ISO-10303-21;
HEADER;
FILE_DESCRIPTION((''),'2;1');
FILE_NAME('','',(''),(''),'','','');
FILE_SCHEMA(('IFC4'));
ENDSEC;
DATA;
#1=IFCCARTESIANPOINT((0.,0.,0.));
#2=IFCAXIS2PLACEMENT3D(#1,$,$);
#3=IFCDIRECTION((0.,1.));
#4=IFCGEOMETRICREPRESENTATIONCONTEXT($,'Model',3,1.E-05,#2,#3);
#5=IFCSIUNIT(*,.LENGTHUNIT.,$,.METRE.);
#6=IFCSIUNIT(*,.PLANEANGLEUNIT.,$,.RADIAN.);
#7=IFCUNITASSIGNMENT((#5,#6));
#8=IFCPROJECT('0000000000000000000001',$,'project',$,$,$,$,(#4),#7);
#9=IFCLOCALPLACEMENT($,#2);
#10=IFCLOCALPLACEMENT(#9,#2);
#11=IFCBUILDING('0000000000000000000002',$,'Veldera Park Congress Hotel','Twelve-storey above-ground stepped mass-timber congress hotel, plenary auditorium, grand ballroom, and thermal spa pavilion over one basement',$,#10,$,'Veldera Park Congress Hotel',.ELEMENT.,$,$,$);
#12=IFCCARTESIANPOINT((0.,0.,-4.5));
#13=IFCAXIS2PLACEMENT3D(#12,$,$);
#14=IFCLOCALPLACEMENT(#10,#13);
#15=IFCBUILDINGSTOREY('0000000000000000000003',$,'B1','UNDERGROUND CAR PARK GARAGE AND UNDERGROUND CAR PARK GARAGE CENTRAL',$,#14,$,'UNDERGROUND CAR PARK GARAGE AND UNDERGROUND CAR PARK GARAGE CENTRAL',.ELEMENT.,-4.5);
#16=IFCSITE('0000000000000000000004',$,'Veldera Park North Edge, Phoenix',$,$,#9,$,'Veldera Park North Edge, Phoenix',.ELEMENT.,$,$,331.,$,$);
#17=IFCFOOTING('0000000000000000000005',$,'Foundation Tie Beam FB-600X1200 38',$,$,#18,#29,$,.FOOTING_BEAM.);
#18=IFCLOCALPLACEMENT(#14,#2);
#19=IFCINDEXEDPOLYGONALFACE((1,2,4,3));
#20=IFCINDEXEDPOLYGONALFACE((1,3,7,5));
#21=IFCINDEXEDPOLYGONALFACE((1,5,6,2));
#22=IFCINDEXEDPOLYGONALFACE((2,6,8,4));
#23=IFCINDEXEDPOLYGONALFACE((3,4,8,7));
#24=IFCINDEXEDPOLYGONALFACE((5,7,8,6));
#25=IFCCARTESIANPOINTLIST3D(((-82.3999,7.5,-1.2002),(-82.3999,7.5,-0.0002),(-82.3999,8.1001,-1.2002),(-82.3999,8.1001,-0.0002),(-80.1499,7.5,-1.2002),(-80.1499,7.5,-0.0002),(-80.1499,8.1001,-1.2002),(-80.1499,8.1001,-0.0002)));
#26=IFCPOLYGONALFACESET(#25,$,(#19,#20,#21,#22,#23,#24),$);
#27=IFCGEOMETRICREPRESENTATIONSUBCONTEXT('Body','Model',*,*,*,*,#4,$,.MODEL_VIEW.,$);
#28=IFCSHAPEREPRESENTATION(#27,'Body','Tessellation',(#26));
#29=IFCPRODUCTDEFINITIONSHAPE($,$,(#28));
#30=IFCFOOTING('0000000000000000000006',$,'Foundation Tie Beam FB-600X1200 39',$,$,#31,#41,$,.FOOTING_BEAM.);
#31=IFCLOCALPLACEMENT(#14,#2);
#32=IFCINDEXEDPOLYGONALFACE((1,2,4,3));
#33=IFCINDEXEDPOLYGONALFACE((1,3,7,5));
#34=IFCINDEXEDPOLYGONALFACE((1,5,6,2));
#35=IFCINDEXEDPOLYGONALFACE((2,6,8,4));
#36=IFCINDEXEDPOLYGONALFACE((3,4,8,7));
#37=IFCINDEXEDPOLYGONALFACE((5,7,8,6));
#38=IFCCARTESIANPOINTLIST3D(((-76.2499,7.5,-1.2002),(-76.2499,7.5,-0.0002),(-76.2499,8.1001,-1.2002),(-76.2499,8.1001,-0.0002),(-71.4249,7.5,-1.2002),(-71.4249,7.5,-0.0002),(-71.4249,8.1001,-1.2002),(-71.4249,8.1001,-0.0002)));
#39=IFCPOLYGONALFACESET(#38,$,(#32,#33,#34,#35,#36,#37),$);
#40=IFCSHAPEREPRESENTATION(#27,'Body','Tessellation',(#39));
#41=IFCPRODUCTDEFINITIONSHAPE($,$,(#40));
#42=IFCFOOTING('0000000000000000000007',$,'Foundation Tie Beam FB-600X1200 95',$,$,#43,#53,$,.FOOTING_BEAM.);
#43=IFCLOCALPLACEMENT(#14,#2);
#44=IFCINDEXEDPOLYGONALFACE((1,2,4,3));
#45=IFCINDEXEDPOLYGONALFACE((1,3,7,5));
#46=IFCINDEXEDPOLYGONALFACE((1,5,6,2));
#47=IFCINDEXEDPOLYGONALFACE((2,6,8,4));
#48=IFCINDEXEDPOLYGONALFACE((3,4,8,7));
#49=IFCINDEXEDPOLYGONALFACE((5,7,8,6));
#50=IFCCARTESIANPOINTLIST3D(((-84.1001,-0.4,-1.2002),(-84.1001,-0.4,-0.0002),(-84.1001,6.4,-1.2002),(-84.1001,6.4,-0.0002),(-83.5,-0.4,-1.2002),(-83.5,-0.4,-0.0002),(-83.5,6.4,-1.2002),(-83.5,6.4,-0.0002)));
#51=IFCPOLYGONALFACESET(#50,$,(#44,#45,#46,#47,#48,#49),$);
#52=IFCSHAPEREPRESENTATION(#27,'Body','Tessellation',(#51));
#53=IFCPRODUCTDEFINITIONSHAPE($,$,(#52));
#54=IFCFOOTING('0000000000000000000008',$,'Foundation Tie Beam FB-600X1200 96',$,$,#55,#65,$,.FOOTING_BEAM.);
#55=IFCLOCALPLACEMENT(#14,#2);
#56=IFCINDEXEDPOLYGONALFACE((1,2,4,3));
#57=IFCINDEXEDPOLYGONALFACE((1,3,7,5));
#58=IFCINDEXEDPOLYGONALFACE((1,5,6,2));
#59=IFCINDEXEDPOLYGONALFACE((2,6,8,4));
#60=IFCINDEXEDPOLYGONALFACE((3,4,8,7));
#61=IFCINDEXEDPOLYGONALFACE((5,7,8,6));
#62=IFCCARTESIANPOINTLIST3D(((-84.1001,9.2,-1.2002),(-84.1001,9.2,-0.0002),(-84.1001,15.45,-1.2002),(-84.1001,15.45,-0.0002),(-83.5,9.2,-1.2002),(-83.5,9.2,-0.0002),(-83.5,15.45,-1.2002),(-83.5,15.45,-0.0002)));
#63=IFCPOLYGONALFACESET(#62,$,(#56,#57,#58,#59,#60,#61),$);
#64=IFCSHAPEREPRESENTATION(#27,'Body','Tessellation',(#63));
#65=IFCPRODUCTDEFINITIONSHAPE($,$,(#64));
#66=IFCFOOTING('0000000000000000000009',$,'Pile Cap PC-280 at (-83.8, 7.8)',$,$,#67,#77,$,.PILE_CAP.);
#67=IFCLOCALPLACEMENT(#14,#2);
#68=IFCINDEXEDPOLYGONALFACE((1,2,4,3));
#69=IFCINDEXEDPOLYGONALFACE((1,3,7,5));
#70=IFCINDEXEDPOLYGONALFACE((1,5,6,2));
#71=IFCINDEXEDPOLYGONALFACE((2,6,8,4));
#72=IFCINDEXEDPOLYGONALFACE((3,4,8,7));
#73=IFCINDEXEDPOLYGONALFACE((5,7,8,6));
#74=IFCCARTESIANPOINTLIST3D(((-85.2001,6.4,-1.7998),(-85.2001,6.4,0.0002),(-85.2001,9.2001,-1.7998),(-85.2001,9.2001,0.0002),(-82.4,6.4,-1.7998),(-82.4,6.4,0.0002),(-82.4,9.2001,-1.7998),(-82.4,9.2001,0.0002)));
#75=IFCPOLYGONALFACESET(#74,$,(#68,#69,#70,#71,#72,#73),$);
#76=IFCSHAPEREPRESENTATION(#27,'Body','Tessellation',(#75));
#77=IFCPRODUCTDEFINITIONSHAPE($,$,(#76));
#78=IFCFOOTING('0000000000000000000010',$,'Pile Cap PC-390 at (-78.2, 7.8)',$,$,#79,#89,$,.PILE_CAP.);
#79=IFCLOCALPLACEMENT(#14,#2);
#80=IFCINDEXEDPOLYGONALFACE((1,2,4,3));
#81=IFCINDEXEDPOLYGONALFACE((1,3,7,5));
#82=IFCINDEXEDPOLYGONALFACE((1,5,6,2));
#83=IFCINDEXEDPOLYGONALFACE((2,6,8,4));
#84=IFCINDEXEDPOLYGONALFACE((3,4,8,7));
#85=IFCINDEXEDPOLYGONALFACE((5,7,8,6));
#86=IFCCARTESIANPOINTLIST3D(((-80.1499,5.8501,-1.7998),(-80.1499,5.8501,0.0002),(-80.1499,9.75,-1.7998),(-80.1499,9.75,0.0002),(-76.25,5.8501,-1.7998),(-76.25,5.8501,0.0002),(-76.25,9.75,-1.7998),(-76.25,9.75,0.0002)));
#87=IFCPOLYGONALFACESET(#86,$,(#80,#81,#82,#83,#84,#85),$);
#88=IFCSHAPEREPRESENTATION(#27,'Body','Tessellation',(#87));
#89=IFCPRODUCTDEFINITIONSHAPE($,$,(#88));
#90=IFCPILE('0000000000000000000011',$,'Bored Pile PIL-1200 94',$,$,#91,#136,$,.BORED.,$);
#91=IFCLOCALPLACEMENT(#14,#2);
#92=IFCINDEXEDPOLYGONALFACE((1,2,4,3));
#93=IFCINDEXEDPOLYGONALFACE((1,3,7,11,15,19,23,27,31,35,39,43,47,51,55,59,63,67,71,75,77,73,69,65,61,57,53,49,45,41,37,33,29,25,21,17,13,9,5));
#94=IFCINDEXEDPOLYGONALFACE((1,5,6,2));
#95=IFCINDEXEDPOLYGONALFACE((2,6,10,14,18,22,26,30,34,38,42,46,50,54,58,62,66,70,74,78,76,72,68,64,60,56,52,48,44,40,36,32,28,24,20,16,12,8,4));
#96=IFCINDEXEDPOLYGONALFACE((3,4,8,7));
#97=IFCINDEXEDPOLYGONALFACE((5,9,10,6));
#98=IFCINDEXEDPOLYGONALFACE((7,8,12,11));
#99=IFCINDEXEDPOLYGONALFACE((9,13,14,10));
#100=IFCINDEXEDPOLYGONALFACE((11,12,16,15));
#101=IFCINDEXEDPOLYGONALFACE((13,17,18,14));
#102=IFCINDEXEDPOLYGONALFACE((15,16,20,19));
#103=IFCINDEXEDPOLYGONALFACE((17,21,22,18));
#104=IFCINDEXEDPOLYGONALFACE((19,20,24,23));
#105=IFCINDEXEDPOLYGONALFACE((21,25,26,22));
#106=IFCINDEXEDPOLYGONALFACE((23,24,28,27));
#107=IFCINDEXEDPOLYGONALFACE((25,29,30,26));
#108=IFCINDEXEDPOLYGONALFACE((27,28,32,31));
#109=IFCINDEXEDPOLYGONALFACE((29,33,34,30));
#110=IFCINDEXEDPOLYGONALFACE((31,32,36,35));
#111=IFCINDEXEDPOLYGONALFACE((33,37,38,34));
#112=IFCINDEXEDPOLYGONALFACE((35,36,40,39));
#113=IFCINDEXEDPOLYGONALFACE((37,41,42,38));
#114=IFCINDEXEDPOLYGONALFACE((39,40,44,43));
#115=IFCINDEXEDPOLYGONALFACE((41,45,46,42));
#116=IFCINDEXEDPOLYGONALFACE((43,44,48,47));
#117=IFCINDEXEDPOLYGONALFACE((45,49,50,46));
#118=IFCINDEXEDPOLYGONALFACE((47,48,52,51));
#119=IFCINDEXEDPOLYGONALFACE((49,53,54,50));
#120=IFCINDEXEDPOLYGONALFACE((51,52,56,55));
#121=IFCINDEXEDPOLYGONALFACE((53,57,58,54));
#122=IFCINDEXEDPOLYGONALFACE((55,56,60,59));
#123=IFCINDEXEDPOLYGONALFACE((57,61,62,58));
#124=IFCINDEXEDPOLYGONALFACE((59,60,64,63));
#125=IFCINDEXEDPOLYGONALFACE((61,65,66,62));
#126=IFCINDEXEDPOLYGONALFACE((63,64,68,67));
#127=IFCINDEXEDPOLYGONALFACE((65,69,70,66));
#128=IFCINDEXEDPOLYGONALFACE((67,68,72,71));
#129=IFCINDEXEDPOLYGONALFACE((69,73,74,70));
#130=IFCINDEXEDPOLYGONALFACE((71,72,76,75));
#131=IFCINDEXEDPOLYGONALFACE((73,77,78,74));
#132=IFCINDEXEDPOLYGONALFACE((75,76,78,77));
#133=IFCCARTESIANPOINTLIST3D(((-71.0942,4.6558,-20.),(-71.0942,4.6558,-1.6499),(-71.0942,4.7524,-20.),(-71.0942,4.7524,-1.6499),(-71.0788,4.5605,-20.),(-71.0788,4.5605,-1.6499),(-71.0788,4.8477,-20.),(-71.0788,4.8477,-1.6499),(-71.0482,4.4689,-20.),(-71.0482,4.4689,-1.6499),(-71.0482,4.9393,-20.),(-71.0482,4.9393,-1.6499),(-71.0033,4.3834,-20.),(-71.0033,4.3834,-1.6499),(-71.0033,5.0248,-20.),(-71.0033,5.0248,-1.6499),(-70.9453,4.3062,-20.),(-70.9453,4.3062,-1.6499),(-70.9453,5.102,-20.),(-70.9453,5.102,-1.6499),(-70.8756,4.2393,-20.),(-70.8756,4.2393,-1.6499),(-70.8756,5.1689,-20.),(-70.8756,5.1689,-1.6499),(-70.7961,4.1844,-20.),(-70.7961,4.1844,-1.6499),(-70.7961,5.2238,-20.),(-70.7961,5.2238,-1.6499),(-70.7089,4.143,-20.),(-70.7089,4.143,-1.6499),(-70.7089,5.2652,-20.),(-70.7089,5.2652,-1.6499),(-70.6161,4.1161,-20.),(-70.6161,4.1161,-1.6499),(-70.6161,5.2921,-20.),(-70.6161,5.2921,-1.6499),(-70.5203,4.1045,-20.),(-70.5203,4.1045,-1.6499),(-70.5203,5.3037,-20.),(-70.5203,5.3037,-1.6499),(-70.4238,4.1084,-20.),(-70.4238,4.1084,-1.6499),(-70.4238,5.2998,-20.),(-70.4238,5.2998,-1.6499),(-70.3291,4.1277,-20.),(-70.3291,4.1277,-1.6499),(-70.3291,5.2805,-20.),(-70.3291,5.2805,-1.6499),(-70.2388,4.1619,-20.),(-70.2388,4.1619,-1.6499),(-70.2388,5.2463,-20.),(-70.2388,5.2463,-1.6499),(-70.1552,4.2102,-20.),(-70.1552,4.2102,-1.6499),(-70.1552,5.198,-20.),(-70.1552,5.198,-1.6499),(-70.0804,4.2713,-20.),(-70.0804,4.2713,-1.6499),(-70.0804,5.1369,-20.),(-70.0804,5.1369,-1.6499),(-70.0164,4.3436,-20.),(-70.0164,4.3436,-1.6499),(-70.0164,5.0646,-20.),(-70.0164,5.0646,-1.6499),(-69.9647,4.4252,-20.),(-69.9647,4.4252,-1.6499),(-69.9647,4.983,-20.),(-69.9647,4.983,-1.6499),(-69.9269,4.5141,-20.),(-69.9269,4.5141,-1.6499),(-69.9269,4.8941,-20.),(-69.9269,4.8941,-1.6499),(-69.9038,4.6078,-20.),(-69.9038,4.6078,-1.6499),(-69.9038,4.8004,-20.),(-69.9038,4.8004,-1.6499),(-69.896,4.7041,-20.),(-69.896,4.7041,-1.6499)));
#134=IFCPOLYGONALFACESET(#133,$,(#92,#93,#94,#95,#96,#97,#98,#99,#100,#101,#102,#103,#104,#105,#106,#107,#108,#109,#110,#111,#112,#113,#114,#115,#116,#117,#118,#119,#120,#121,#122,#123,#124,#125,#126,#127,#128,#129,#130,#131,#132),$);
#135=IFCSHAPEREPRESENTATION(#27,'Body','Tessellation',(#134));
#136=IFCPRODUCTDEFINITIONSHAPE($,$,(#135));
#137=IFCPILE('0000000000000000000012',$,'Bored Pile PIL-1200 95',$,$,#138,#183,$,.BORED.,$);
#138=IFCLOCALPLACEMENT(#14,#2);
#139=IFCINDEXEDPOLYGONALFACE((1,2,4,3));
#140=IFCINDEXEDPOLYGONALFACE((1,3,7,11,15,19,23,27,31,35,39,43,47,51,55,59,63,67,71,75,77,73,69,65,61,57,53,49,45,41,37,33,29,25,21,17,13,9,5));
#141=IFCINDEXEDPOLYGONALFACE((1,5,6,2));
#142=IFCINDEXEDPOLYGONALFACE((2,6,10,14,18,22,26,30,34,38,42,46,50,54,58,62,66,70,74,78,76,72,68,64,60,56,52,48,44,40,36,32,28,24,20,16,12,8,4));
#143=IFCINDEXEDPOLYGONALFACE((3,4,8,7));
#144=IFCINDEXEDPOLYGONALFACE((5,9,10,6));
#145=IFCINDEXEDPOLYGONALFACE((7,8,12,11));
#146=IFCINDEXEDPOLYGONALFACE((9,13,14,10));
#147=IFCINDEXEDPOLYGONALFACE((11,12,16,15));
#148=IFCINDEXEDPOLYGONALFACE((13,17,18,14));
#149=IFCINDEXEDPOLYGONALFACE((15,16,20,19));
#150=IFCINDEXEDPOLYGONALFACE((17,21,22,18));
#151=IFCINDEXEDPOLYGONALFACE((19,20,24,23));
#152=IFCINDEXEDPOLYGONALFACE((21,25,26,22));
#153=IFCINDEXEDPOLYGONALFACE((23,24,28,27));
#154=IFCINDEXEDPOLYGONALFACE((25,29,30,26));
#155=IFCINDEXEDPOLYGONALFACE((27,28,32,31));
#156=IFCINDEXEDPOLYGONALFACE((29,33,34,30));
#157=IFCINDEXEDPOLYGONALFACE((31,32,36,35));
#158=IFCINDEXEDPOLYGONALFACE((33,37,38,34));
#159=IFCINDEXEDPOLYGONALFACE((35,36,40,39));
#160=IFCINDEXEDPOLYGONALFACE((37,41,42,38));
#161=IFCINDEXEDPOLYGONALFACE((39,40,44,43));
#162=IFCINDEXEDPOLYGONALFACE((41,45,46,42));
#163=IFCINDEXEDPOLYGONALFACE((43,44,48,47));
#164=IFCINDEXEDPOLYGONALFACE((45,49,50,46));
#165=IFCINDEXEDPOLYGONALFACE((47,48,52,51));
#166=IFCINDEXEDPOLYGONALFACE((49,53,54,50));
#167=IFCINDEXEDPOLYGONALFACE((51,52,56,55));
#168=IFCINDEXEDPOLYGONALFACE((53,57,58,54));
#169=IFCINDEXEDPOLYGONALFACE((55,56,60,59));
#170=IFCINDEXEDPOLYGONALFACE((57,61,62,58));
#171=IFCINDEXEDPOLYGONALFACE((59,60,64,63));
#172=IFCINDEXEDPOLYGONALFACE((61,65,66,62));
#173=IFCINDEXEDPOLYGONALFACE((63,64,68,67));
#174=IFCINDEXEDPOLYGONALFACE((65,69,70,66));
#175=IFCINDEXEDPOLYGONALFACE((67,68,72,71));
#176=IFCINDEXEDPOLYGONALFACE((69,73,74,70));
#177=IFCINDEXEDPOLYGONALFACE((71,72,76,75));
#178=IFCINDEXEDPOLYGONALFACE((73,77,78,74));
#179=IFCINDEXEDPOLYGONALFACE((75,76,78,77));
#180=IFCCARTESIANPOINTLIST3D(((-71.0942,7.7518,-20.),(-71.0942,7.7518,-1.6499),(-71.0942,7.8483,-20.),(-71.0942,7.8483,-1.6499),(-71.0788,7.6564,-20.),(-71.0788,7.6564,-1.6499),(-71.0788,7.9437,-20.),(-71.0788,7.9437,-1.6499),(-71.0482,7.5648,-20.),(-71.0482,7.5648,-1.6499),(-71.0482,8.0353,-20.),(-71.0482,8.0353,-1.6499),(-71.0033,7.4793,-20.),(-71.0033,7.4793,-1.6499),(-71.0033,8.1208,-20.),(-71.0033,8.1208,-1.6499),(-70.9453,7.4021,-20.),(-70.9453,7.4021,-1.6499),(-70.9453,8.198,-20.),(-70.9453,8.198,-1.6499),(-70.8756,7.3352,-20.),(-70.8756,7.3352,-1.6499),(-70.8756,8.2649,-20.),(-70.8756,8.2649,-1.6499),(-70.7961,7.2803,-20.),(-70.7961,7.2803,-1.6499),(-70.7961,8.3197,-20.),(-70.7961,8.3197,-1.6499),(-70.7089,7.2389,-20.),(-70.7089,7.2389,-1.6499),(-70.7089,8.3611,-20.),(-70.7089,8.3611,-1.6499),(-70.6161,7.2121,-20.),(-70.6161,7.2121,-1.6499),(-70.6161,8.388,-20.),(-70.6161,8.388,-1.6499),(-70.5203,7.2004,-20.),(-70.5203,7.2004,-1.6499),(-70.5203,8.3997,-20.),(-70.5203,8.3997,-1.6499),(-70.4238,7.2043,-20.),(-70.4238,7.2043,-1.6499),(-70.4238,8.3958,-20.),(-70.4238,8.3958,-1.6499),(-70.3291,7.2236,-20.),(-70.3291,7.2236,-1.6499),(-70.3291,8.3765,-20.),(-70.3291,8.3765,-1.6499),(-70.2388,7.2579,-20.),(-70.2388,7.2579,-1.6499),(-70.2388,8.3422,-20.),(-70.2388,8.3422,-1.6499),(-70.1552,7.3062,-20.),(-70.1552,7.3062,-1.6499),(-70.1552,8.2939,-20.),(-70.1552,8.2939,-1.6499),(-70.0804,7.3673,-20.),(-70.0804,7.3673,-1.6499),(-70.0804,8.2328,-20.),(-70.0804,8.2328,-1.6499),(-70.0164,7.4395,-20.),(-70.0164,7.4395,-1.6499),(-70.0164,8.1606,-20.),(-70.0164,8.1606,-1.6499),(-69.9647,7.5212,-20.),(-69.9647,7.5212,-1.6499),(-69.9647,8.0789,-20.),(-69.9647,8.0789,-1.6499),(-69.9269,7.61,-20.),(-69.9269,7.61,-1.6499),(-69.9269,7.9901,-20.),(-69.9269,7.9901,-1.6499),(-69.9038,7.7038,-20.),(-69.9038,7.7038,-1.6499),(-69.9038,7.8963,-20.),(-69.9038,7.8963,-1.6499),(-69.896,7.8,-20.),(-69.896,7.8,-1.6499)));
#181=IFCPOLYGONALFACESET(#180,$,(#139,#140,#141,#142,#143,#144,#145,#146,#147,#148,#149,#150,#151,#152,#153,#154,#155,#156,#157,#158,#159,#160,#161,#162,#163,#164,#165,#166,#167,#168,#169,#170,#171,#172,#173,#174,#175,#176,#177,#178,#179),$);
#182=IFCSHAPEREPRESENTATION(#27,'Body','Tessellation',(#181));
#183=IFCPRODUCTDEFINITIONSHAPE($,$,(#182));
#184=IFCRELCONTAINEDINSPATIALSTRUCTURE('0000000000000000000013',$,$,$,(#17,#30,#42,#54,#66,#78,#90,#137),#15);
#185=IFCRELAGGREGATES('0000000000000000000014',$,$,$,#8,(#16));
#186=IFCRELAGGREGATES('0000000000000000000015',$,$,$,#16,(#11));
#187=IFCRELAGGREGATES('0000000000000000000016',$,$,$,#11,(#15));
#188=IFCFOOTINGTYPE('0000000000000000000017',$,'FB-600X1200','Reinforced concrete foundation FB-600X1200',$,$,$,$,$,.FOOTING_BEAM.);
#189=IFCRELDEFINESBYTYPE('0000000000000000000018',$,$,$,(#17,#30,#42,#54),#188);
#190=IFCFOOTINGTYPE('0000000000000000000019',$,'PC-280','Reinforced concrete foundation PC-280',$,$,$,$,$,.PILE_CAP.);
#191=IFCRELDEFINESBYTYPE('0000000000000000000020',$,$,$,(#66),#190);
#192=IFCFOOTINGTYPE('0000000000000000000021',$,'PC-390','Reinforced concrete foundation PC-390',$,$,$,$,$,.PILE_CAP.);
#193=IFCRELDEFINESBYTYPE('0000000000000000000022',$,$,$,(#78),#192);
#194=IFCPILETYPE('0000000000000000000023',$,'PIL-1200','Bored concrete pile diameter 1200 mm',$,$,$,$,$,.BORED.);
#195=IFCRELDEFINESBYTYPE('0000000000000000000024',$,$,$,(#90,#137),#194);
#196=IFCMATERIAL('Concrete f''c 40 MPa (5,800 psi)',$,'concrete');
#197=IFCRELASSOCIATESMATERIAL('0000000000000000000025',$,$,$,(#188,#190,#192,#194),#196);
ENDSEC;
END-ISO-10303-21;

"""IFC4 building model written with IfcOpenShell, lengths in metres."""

from ifc_helpers import new_model, si_unit, direction, frame, origin, origin_2d, place, context, subcontext, project, spatial, rectangle, circle, extrude, material, material_profile, profile_set, type_object, element, save


model = new_model("IFC4")

# Units and contexts
model_context = context("Model", 3, precision=1e-05, world=origin(), true_north=direction((0.0, 1.0)))
body_context = subcontext(model_context, "Body", "Model", "MODEL_VIEW")
ifc_project = project(units=[si_unit("LENGTHUNIT", "METRE"), si_unit("PLANEANGLEUNIT", "RADIAN")], contexts=[model_context])

# Site, building, storey
site_placement = place(None, origin())
site = spatial("IfcSite", under=ifc_project, at=site_placement, Name="Veldera Park North Edge, Phoenix", LongName="Veldera Park North Edge, Phoenix", CompositionType="ELEMENT", RefElevation=331.0)
building_placement = place(site_placement, origin())
building = spatial("IfcBuilding", under=site, at=building_placement, Name="Veldera Park Congress Hotel", Description="Twelve-storey above-ground stepped mass-timber congress hotel, plenary auditorium, grand ballroom, and thermal spa pavilion over one basement", LongName="Veldera Park Congress Hotel", CompositionType="ELEMENT")
storey_placement = place(building_placement, frame((0.0, 0.0, -4.5)))
storey = spatial("IfcBuildingStorey", under=building, at=storey_placement, Name="B1", Description="UNDERGROUND CAR PARK GARAGE AND UNDERGROUND CAR PARK GARAGE CENTRAL", LongName="UNDERGROUND CAR PARK GARAGE AND UNDERGROUND CAR PARK GARAGE CENTRAL", CompositionType="ELEMENT", Elevation=-4.5)

# Footings
ifc_material_1 = material(Name="Concrete f'c 40 MPa (5,800 psi)", Category="concrete")
footing_type_1 = type_object("IfcFootingType", Name="FB-600X1200", Description="Reinforced concrete foundation FB-600X1200", PredefinedType="FOOTING_BEAM", material=ifc_material_1)
footing_1_placement = place(storey_placement, frame((-81.2749, 7.8, -1.2002), z_axis=(0.0, 0.0, 1.0), x_axis=(1.0, 0.0, 0.0)))
element("IfcFooting", 1, at=footing_1_placement, inside=storey, type_object=footing_type_1, Name="Foundation Tie Beam FB-600X1200 38", PredefinedType="FOOTING_BEAM", context=body_context, shape_type="SweptSolid", body=[
    extrude(rectangle(XDim=2.25, YDim=0.6001, at=origin_2d()), origin(), (0.0, 0.0, 1.0), 1.2),
])
footing_2_placement = place(storey_placement, frame((-73.8374, 7.8, -1.2002), z_axis=(0.0, 0.0, 1.0), x_axis=(1.0, 0.0, 0.0)))
element("IfcFooting", 2, at=footing_2_placement, inside=storey, type_object=footing_type_1, Name="Foundation Tie Beam FB-600X1200 39", PredefinedType="FOOTING_BEAM", context=body_context, shape_type="SweptSolid", body=[
    extrude(rectangle(XDim=4.825, YDim=0.6001, at=origin_2d()), origin(), (0.0, 0.0, 1.0), 1.2),
])
footing_3_placement = place(storey_placement, frame((-83.8, 3.0, -1.2002), z_axis=(0.0, 0.0, 1.0), x_axis=(0.0, 1.0, 0.0)))
element("IfcFooting", 3, at=footing_3_placement, inside=storey, type_object=footing_type_1, Name="Foundation Tie Beam FB-600X1200 95", PredefinedType="FOOTING_BEAM", context=body_context, shape_type="SweptSolid", body=[
    extrude(rectangle(XDim=6.8, YDim=0.6001, at=origin_2d()), origin(), (0.0, 0.0, 1.0), 1.2),
])
footing_4_placement = place(storey_placement, frame((-83.8, 12.325, -1.2002), z_axis=(0.0, 0.0, 1.0), x_axis=(0.0, 1.0, 0.0)))
element("IfcFooting", 4, at=footing_4_placement, inside=storey, type_object=footing_type_1, Name="Foundation Tie Beam FB-600X1200 96", PredefinedType="FOOTING_BEAM", context=body_context, shape_type="SweptSolid", body=[
    extrude(rectangle(XDim=6.25, YDim=0.6001, at=origin_2d()), origin(), (0.0, 0.0, 1.0), 1.2),
])
footing_type_2 = type_object("IfcFootingType", Name="PC-280", Description="Reinforced concrete foundation PC-280", PredefinedType="PILE_CAP", material=ifc_material_1)
footing_5_placement = place(storey_placement, frame((-83.8, 7.8, -1.7998), z_axis=(0.0, 0.0, 1.0), x_axis=(1.0, 0.0, 0.0)))
element("IfcFooting", 5, at=footing_5_placement, inside=storey, type_object=footing_type_2, Name="Pile Cap PC-280 at (-83.8, 7.8)", PredefinedType="PILE_CAP", context=body_context, shape_type="SweptSolid", body=[
    extrude(rectangle(XDim=2.8, YDim=2.8, at=origin_2d()), origin(), (0.0, 0.0, 1.0), 1.8),
])
footing_type_3 = type_object("IfcFootingType", Name="PC-390", Description="Reinforced concrete foundation PC-390", PredefinedType="PILE_CAP", material=ifc_material_1)
footing_6_placement = place(storey_placement, frame((-78.2, 7.8, -1.7998), z_axis=(0.0, 0.0, 1.0), x_axis=(1.0, 0.0, 0.0)))
element("IfcFooting", 6, at=footing_6_placement, inside=storey, type_object=footing_type_3, Name="Pile Cap PC-390 at (-78.2, 7.8)", PredefinedType="PILE_CAP", context=body_context, shape_type="SweptSolid", body=[
    extrude(rectangle(XDim=3.8999, YDim=3.8999, at=origin_2d()), origin(), (0.0, 0.0, 1.0), 1.8),
])

# Piles
ifc_material_profile_1 = material_profile(ifc_material_1, circle(Radius=0.6001, at=origin_2d()), Name="PILE D1200")
ifc_profile_set_1 = profile_set([ifc_material_profile_1], Name="Concrete f'c 40 MPa (5,800 psi)")
pile_type_1 = type_object("IfcPileType", Name="PIL-1200", Description="Bored concrete pile diameter 1200 mm", PredefinedType="BORED", material=ifc_profile_set_1)
for number, where, z_axis, x_axis, name in (
    (7, (-70.4961, 4.7041, -1.6499), (0.0, 0.0, -1.0), (1.0, 0.0, 0.0), "Bored Pile PIL-1200 94"),
    (8, (-70.4961, 7.8, -1.6499), (0.0, 0.0, -1.0), (1.0, 0.0, 0.0), "Bored Pile PIL-1200 95"),
):
    element("IfcPile", number, at=place(storey_placement, frame(where, z_axis=z_axis, x_axis=x_axis)), inside=storey, type_object=pile_type_1, Name=name, PredefinedType="BORED", context=body_context, shape_type="SweptSolid", body=[
        extrude(circle(Radius=0.6001, at=origin_2d()), origin(), (0.0, 0.0, 1.0), 18.3501),
    ])

save(model, "model.ifc")
